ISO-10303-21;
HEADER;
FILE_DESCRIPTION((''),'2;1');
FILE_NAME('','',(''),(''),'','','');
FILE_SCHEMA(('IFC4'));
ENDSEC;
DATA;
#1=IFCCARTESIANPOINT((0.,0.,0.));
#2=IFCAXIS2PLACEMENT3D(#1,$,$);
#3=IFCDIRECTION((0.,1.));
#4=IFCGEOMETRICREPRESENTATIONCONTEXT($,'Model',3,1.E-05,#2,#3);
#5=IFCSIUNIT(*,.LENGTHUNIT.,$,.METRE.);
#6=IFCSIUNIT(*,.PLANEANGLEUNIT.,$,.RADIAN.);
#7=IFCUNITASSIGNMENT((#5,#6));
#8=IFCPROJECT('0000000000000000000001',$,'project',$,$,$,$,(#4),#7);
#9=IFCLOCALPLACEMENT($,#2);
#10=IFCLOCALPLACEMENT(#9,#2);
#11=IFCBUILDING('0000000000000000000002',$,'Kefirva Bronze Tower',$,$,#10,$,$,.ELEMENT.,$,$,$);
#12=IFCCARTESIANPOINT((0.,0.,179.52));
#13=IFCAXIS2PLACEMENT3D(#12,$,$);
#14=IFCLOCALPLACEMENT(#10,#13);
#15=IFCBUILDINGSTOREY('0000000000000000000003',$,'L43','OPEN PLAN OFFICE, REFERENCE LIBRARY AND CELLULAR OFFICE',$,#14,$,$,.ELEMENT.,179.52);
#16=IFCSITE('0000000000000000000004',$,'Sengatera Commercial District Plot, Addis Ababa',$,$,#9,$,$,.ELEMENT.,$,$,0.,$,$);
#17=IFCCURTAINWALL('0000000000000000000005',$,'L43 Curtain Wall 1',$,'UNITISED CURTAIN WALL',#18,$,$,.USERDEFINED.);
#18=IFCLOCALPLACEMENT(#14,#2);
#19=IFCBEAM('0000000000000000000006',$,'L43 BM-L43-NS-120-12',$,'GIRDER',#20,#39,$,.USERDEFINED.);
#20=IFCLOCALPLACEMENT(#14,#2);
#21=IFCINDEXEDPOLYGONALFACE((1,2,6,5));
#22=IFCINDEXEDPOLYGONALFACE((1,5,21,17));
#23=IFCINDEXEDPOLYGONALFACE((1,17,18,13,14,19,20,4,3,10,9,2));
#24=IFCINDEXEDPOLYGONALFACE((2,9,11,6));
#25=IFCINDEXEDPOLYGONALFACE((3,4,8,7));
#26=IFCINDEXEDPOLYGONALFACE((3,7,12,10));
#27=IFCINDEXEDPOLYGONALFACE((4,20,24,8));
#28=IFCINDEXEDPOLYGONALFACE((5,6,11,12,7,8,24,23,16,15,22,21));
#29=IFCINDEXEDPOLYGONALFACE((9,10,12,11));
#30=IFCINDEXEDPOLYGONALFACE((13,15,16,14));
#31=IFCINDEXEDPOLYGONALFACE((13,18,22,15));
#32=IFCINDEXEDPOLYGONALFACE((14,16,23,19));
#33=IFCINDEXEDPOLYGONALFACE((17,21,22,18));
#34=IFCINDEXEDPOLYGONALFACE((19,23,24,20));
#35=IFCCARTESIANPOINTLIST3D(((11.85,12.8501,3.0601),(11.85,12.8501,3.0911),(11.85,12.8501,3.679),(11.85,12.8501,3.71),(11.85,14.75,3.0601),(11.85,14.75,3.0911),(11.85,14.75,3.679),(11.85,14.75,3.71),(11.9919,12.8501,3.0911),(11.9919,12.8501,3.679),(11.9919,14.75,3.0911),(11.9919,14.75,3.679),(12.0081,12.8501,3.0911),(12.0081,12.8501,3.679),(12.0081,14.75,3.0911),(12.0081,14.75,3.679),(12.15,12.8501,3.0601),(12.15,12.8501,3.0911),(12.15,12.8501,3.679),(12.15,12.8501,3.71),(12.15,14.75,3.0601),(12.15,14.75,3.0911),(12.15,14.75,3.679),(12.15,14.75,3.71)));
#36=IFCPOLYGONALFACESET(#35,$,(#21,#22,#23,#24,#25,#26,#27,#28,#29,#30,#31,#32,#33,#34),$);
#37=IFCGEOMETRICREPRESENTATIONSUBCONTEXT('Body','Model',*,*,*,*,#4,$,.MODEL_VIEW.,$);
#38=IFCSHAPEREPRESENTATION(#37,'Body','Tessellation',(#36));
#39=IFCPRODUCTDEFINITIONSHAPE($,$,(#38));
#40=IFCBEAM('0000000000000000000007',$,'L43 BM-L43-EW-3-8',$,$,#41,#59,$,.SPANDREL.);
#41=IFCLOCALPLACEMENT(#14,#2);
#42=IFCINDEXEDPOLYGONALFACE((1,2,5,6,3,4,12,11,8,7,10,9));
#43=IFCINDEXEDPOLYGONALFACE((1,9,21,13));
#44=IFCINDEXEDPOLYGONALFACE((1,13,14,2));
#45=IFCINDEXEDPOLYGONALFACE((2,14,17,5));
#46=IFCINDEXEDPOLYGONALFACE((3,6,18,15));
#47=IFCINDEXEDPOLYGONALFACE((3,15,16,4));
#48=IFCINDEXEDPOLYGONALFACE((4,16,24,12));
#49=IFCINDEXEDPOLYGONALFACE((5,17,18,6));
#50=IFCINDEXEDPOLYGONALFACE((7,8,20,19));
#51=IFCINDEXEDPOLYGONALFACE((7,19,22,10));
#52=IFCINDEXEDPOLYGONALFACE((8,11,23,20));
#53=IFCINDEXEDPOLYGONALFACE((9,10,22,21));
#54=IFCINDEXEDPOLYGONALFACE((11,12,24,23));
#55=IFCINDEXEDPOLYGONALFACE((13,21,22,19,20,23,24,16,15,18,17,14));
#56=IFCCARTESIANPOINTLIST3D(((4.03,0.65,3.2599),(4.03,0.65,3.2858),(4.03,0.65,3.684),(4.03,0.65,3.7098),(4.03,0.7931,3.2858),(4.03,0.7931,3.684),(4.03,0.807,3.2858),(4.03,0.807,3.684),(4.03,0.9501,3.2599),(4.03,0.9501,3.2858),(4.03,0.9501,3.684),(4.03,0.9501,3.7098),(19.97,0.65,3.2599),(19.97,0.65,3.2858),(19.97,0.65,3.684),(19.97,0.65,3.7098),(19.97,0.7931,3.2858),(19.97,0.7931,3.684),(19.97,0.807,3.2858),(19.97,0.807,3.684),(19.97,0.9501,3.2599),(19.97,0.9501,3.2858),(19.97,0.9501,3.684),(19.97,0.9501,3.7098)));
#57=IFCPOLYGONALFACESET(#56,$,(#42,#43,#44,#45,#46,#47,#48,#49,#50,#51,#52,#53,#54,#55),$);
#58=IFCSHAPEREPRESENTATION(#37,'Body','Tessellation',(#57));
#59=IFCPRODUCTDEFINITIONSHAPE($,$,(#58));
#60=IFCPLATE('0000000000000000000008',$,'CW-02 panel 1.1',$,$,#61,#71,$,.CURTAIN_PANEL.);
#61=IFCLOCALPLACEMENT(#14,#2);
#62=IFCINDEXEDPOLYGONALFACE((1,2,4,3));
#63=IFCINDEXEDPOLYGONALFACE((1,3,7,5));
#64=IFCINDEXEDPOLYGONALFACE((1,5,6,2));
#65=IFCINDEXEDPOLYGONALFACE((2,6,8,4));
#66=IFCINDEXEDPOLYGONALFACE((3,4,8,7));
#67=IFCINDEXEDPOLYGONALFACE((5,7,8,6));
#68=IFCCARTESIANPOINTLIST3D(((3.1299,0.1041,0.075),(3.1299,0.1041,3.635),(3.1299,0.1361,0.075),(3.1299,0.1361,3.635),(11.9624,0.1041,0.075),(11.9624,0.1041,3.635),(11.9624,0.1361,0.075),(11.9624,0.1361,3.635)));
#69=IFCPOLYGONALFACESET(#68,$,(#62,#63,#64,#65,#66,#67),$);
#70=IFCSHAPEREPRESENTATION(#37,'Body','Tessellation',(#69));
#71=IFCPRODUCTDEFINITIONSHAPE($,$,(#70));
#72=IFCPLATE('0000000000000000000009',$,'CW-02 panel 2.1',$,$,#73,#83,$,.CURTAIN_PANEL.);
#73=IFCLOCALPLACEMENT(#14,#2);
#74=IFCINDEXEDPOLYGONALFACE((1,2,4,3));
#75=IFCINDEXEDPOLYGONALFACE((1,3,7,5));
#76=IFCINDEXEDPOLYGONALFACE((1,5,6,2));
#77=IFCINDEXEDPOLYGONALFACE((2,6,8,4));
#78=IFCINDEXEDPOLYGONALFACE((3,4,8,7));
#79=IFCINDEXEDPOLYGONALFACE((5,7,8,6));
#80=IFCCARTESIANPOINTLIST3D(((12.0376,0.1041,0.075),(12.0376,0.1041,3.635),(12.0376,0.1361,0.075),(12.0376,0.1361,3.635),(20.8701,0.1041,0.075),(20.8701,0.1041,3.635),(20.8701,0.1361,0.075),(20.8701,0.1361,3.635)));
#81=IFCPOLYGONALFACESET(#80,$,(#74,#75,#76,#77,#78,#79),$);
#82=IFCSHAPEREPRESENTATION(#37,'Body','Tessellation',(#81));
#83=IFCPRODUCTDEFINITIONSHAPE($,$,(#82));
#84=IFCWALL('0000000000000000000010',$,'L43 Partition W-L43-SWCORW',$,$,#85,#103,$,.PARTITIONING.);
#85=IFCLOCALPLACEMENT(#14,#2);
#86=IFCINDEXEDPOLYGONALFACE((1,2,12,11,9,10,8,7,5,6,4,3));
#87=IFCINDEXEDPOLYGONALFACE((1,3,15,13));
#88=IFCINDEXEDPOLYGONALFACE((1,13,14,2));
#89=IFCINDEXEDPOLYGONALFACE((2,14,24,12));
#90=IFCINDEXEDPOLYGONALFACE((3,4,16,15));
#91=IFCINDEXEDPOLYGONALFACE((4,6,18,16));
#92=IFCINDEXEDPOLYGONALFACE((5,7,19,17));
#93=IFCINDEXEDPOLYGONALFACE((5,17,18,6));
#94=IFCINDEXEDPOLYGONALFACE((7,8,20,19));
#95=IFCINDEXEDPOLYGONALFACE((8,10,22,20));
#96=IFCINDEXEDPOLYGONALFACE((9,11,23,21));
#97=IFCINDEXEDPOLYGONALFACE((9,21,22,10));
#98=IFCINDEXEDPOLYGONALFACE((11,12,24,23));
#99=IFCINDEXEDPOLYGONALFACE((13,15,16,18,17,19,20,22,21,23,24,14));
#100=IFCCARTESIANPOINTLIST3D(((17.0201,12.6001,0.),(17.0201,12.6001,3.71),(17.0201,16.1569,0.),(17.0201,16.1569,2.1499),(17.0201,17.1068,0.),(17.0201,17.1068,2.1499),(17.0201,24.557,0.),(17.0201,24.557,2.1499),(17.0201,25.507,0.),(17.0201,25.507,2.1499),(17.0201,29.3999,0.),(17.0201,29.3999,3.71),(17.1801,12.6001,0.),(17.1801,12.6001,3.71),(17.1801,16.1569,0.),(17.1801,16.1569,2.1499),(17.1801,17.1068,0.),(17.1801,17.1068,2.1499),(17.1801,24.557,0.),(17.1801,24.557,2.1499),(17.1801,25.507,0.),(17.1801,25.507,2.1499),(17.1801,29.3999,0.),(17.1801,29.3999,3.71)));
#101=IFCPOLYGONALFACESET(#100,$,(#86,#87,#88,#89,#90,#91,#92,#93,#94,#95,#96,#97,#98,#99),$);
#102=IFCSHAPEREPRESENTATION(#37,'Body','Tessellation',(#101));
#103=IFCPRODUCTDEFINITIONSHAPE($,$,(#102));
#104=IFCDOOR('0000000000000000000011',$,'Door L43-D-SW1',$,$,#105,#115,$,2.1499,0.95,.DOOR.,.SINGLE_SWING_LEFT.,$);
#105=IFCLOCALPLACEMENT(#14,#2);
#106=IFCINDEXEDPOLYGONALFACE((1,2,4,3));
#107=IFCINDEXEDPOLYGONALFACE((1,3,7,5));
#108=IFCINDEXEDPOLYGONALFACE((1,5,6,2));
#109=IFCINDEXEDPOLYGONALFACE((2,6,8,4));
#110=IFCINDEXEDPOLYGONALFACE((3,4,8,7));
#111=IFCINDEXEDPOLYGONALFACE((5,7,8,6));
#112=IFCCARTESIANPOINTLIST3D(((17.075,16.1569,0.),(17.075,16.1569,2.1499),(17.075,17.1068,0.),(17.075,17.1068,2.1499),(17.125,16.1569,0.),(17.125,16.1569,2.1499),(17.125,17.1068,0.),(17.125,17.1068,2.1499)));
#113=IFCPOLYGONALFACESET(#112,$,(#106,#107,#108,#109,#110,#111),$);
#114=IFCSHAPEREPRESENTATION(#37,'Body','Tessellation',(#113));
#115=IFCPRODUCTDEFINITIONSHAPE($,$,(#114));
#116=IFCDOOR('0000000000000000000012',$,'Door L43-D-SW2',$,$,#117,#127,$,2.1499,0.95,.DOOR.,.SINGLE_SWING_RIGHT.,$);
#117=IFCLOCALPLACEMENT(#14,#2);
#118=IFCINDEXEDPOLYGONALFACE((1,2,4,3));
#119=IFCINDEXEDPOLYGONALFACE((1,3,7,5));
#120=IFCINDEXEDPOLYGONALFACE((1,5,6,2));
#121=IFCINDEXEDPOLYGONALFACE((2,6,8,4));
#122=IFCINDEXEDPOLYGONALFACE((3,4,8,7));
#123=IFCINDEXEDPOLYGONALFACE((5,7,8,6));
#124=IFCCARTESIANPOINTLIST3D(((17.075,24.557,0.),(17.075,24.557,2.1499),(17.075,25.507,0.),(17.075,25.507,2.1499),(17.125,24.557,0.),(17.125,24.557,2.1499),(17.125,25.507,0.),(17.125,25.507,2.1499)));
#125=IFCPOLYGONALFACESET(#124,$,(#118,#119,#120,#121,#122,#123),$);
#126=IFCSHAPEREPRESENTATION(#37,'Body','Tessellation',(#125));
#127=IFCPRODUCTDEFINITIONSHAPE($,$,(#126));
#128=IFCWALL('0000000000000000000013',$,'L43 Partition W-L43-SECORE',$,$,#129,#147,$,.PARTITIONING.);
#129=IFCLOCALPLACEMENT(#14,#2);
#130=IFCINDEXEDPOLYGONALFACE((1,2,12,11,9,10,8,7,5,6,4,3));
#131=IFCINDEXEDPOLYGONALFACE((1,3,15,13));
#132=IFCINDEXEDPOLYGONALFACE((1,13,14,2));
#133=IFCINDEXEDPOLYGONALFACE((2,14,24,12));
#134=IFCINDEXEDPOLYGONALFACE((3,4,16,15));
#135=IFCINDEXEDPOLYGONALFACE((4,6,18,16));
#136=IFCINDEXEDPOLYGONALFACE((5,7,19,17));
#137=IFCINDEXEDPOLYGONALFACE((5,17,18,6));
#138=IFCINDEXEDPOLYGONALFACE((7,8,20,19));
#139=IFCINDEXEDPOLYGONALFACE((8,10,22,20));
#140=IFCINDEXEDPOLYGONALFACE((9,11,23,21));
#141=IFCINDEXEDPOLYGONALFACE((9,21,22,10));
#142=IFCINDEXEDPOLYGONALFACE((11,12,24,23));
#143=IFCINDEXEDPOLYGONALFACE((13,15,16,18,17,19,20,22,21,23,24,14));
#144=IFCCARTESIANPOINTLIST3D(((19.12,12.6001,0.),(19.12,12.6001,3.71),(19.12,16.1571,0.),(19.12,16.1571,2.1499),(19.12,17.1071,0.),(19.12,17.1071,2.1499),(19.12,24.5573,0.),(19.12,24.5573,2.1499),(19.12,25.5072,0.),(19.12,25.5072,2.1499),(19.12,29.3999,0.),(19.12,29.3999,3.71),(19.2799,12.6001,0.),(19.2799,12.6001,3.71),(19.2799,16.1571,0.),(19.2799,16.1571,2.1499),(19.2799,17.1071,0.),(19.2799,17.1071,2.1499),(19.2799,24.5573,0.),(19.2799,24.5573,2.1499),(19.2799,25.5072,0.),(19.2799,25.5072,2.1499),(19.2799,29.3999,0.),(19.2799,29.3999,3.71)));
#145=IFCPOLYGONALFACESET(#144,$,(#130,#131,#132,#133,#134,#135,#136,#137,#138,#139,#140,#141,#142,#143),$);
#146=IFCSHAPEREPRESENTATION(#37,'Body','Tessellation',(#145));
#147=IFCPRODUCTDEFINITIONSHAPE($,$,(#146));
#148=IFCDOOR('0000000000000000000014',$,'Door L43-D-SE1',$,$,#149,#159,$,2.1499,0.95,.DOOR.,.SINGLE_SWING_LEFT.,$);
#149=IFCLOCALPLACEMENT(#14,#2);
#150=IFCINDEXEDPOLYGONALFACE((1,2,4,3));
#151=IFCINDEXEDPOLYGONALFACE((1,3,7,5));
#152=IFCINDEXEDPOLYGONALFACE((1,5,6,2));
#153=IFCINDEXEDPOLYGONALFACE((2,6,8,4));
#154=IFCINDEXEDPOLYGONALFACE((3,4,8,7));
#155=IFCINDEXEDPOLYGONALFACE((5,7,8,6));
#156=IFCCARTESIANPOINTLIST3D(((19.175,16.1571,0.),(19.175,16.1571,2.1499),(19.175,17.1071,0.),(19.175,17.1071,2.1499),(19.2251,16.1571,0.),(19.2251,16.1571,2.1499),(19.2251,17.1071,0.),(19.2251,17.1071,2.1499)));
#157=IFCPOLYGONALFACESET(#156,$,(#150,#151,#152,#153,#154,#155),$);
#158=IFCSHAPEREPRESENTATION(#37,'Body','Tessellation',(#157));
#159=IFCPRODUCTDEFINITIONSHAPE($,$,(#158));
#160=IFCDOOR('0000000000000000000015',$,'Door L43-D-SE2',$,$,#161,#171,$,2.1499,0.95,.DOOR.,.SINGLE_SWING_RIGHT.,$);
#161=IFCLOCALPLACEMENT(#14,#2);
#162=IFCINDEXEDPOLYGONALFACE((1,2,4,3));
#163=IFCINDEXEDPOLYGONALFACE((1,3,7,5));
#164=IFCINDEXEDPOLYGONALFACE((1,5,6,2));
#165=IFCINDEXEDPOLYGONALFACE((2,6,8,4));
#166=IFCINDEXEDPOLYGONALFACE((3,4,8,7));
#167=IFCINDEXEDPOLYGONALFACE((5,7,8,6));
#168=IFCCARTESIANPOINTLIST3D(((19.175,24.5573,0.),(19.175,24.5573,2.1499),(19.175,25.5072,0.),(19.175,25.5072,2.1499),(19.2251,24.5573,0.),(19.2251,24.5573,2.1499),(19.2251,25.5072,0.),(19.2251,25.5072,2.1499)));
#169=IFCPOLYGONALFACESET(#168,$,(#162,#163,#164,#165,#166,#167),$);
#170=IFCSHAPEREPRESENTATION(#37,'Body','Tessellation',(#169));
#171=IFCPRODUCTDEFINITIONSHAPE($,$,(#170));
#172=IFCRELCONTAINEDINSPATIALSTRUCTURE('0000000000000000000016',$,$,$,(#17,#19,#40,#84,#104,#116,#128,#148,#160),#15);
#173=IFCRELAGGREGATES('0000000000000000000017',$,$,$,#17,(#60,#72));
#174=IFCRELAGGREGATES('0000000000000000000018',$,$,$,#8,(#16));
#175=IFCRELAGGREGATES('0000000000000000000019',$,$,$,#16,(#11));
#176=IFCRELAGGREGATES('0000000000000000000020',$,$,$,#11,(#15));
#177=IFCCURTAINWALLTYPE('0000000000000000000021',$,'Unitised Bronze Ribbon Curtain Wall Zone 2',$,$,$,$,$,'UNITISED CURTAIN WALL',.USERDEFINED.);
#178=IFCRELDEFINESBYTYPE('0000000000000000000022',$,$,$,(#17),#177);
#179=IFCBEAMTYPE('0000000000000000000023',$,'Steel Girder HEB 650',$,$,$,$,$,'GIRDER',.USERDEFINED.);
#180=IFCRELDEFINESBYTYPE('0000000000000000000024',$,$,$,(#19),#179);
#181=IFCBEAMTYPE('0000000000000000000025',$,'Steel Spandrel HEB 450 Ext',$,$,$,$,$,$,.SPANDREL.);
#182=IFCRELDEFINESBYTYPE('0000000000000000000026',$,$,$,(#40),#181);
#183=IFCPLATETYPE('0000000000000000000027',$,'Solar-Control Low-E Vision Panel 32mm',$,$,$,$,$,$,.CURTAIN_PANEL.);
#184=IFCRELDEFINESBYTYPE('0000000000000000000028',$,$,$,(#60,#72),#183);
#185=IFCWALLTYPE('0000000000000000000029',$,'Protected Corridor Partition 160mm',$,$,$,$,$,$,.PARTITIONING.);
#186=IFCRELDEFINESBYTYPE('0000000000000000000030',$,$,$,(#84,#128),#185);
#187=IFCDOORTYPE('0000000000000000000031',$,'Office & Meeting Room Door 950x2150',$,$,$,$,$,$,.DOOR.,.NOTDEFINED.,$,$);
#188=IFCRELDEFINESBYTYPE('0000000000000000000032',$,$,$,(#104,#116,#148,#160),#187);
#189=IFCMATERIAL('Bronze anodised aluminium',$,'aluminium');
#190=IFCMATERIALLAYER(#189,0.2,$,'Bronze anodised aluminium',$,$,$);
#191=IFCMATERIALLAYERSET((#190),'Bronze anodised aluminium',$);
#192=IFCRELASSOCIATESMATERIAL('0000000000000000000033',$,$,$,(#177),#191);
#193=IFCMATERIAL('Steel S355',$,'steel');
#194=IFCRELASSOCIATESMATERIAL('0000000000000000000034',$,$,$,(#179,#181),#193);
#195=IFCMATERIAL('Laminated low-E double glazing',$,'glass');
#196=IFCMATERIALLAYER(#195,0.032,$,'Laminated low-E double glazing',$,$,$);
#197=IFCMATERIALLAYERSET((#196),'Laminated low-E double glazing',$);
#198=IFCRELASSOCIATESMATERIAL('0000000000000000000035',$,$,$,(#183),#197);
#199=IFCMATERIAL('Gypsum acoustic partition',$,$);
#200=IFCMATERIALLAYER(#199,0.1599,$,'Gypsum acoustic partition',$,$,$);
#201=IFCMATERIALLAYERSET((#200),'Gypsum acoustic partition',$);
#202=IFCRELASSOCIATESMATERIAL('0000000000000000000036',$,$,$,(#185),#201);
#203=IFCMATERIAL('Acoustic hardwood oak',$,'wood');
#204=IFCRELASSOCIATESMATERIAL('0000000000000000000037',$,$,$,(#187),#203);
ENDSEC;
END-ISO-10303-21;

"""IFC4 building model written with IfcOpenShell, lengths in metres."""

from ifc_helpers import new_model, si_unit, direction, frame, frame_2d, origin, origin_2d, place, context, subcontext, project, spatial, rectangle, i_section, extrude, material, layer, layer_set, material_profile, profile_set, type_object, element, fill, aggregate, save


model = new_model("IFC4")

# Units and contexts
model_context = context("Model", 3, precision=1e-05, world=origin(), true_north=direction((0.0, 1.0)))
body_context = subcontext(model_context, "Body", "Model", "MODEL_VIEW")
ifc_project = project(units=[si_unit("LENGTHUNIT", "METRE"), si_unit("PLANEANGLEUNIT", "RADIAN")], contexts=[model_context])

# Site, building, storey
site_placement = place(None, origin())
site = spatial("IfcSite", under=ifc_project, at=site_placement, Name="Sengatera Commercial District Plot, Addis Ababa", CompositionType="ELEMENT", RefElevation=0.0)
building_placement = place(site_placement, origin())
building = spatial("IfcBuilding", under=site, at=building_placement, Name="Kefirva Bronze Tower", CompositionType="ELEMENT")
storey_placement = place(building_placement, frame((0.0, 0.0, 179.52)))
storey = spatial("IfcBuildingStorey", under=building, at=storey_placement, Name="L43", Description="OPEN PLAN OFFICE, REFERENCE LIBRARY AND CELLULAR OFFICE", CompositionType="ELEMENT", Elevation=179.52)

# Curtain wall
ifc_material_1 = material(Name="Bronze anodised aluminium", Category="aluminium")
ifc_layer_1 = layer(ifc_material_1, 0.2, Name="Bronze anodised aluminium")
ifc_layer_set_1 = layer_set([ifc_layer_1], Name="Bronze anodised aluminium")
curtain_wall_type = type_object("IfcCurtainWallType", Name="Unitised Bronze Ribbon Curtain Wall Zone 2", ElementType="UNITISED CURTAIN WALL", PredefinedType="USERDEFINED", material=ifc_layer_set_1)
curtain_wall_placement = place(storey_placement, origin())
curtain_wall = element("IfcCurtainWall", 1, at=curtain_wall_placement, inside=storey, type_object=curtain_wall_type, Name="L43 Curtain Wall 1", ObjectType="UNITISED CURTAIN WALL", PredefinedType="USERDEFINED")

# Beams
ifc_material_2 = material(Name="Steel S355", Category="steel")
ifc_material_profile_1 = material_profile(ifc_material_2, i_section(OverallWidth=0.3, OverallDepth=0.6499, WebThickness=0.0161, FlangeThickness=0.031, at=origin_2d()), Name="HEB 650")
ifc_profile_set_1 = profile_set([ifc_material_profile_1], Name="Steel S355")
beam_type_1 = type_object("IfcBeamType", Name="Steel Girder HEB 650", ElementType="GIRDER", PredefinedType="USERDEFINED", material=ifc_profile_set_1)
beam_1_placement = place(storey_placement, frame((12.0, 12.8501, 3.385), z_axis=(0.0, 1.0, 0.0), x_axis=(-1.0, 0.0, 0.0)))
element("IfcBeam", 2, at=beam_1_placement, inside=storey, type_object=beam_type_1, Name="L43 BM-L43-NS-120-12", ObjectType="GIRDER", PredefinedType="USERDEFINED", context=body_context, shape_type="SweptSolid", body=[
    extrude(i_section(OverallWidth=0.3, OverallDepth=0.6499, WebThickness=0.0161, FlangeThickness=0.031, at=origin_2d()), origin(), (0.0, 0.0, 1.0), 1.8999),
])
ifc_material_profile_2 = material_profile(ifc_material_2, i_section(OverallWidth=0.3, OverallDepth=0.45, WebThickness=0.0139, FlangeThickness=0.0259, at=origin_2d()), Name="HEB 450")
ifc_profile_set_2 = profile_set([ifc_material_profile_2], Name="Steel S355")
beam_type_2 = type_object("IfcBeamType", Name="Steel Spandrel HEB 450 Ext", PredefinedType="SPANDREL", material=ifc_profile_set_2)
beam_2_placement = place(storey_placement, frame((4.03, 0.8, 3.4849), z_axis=(1.0, 0.0, 0.0), x_axis=(0.0, 1.0, 0.0)))
element("IfcBeam", 3, at=beam_2_placement, inside=storey, type_object=beam_type_2, Name="L43 BM-L43-EW-3-8", PredefinedType="SPANDREL", context=body_context, shape_type="SweptSolid", body=[
    extrude(i_section(OverallWidth=0.3, OverallDepth=0.45, WebThickness=0.0139, FlangeThickness=0.0259, at=origin_2d()), origin(), (0.0, 0.0, 1.0), 15.9399),
])

# Plates
ifc_material_3 = material(Name="Laminated low-E double glazing", Category="glass")
ifc_layer_2 = layer(ifc_material_3, 0.032, Name="Laminated low-E double glazing")
ifc_layer_set_2 = layer_set([ifc_layer_2], Name="Laminated low-E double glazing")
plate_type = type_object("IfcPlateType", Name="Solar-Control Low-E Vision Panel 32mm", PredefinedType="CURTAIN_PANEL", material=ifc_layer_set_2)
plate_1_placement = place(storey_placement, frame((7.5461, 0.1201, 0.075), z_axis=(0.0, 0.0, 1.0), x_axis=(1.0, 0.0, 0.0)))
plate_1 = element("IfcPlate", 4, at=plate_1_placement, type_object=plate_type, Name="CW-02 panel 1.1", PredefinedType="CURTAIN_PANEL", context=body_context, shape_type="SweptSolid", body=[
    extrude(rectangle(XDim=8.8325, YDim=0.032, at=origin_2d()), origin(), (0.0, 0.0, 1.0), 3.5601),
])
plate_2_placement = place(storey_placement, frame((16.4539, 0.1201, 0.075), z_axis=(0.0, 0.0, 1.0), x_axis=(1.0, 0.0, 0.0)))
plate_2 = element("IfcPlate", 5, at=plate_2_placement, type_object=plate_type, Name="CW-02 panel 2.1", PredefinedType="CURTAIN_PANEL", context=body_context, shape_type="SweptSolid", body=[
    extrude(rectangle(XDim=8.8325, YDim=0.032, at=origin_2d()), origin(), (0.0, 0.0, 1.0), 3.5601),
])
aggregate(curtain_wall, [plate_1, plate_2])

# Walls, openings, doors
ifc_material_4 = material(Name="Gypsum acoustic partition")
ifc_layer_3 = layer(ifc_material_4, 0.1599, Name="Gypsum acoustic partition")
ifc_layer_set_3 = layer_set([ifc_layer_3], Name="Gypsum acoustic partition")
wall_type = type_object("IfcWallType", Name="Protected Corridor Partition 160mm", PredefinedType="PARTITIONING", material=ifc_layer_set_3)
wall_1_placement = place(storey_placement, frame((17.1001, 12.6001, 0.0), z_axis=(0.0, 0.0, 1.0), x_axis=(0.0, 1.0, 0.0)))
wall_1 = element("IfcWall", 6, at=wall_1_placement, inside=storey, type_object=wall_type, Name="L43 Partition W-L43-SWCORW", PredefinedType="PARTITIONING", context=body_context, shape_type="SweptSolid", body=[
    extrude(rectangle(XDim=16.7998, YDim=0.1599, at=frame_2d((8.3999, 0.0))), origin(), (0.0, 0.0, 1.0), 3.71),
])
opening_1_placement = place(wall_1_placement, frame((4.5068, 0.0, 0.0), z_axis=(0.0, 0.0, 1.0), x_axis=(-1.0, 0.0, 0.0)))
opening_1 = element("IfcOpeningElement", 7, at=opening_1_placement, cuts=wall_1, PredefinedType="OPENING", context=body_context, shape_type="SweptSolid", body=[
    extrude(rectangle(XDim=0.95, YDim=2.1499, at=frame_2d((0.4751, 1.075))), frame((0.0, 0.0898, 0.0), z_axis=(0.0, -1.0, 0.0), x_axis=(1.0, 0.0, 0.0)), (0.0, 0.0, 1.0), 0.1799),
])
opening_2_placement = place(wall_1_placement, frame((12.907, 0.0, 0.0), z_axis=(0.0, 0.0, 1.0), x_axis=(-1.0, 0.0, 0.0)))
opening_2 = element("IfcOpeningElement", 8, at=opening_2_placement, cuts=wall_1, PredefinedType="OPENING", context=body_context, shape_type="SweptSolid", body=[
    extrude(rectangle(XDim=0.95, YDim=2.1499, at=frame_2d((0.4751, 1.075))), frame((0.0, 0.0898, 0.0), z_axis=(0.0, -1.0, 0.0), x_axis=(1.0, 0.0, 0.0)), (0.0, 0.0, 1.0), 0.1799),
])
ifc_material_5 = material(Name="Acoustic hardwood oak", Category="wood")
door_type = type_object("IfcDoorType", Name="Office & Meeting Room Door 950x2150", OperationType="NOTDEFINED", PredefinedType="DOOR", material=ifc_material_5)
door_1_placement = place(opening_1_placement, origin())
door_1 = element("IfcDoor", 9, at=door_1_placement, inside=storey, type_object=door_type, Name="Door L43-D-SW1", OperationType="SINGLE_SWING_LEFT", OverallHeight=2.1499, OverallWidth=0.95, PredefinedType="DOOR", context=body_context, shape_type="SweptSolid", body=[
    extrude(rectangle(XDim=0.95, YDim=2.1499, at=frame_2d((0.4751, 1.075))), frame((0.0, 0.0249, 0.0), z_axis=(0.0, -1.0, 0.0), x_axis=(1.0, 0.0, 0.0)), (0.0, 0.0, 1.0), 0.05),
])
fill(opening_1, door_1)
door_2_placement = place(opening_2_placement, origin())
door_2 = element("IfcDoor", 10, at=door_2_placement, inside=storey, type_object=door_type, Name="Door L43-D-SW2", OperationType="SINGLE_SWING_RIGHT", OverallHeight=2.1499, OverallWidth=0.95, PredefinedType="DOOR", context=body_context, shape_type="SweptSolid", body=[
    extrude(rectangle(XDim=0.95, YDim=2.1499, at=frame_2d((0.4751, 1.075))), frame((0.0, 0.0249, 0.0), z_axis=(0.0, -1.0, 0.0), x_axis=(1.0, 0.0, 0.0)), (0.0, 0.0, 1.0), 0.05),
])
fill(opening_2, door_2)
wall_2_placement = place(storey_placement, frame((19.2, 12.6001, 0.0), z_axis=(0.0, 0.0, 1.0), x_axis=(0.0, 1.0, 0.0)))
wall_2 = element("IfcWall", 11, at=wall_2_placement, inside=storey, type_object=wall_type, Name="L43 Partition W-L43-SECORE", PredefinedType="PARTITIONING", context=body_context, shape_type="SweptSolid", body=[
    extrude(rectangle(XDim=16.7998, YDim=0.1599, at=frame_2d((8.3999, 0.0))), origin(), (0.0, 0.0, 1.0), 3.71),
])
opening_3_placement = place(wall_2_placement, frame((3.5569, 0.0, 0.0)))
opening_3 = element("IfcOpeningElement", 12, at=opening_3_placement, cuts=wall_2, PredefinedType="OPENING", context=body_context, shape_type="SweptSolid", body=[
    extrude(rectangle(XDim=0.95, YDim=2.1499, at=frame_2d((0.4751, 1.075))), frame((0.0, 0.0898, 0.0), z_axis=(0.0, -1.0, 0.0), x_axis=(1.0, 0.0, 0.0)), (0.0, 0.0, 1.0), 0.1799),
])
opening_4_placement = place(wall_2_placement, frame((11.957, 0.0, 0.0)))
opening_4 = element("IfcOpeningElement", 13, at=opening_4_placement, cuts=wall_2, PredefinedType="OPENING", context=body_context, shape_type="SweptSolid", body=[
    extrude(rectangle(XDim=0.95, YDim=2.1499, at=frame_2d((0.4751, 1.075))), frame((0.0, 0.0898, 0.0), z_axis=(0.0, -1.0, 0.0), x_axis=(1.0, 0.0, 0.0)), (0.0, 0.0, 1.0), 0.1799),
])
door_3_placement = place(opening_3_placement, origin())
door_3 = element("IfcDoor", 14, at=door_3_placement, inside=storey, type_object=door_type, Name="Door L43-D-SE1", OperationType="SINGLE_SWING_LEFT", OverallHeight=2.1499, OverallWidth=0.95, PredefinedType="DOOR", context=body_context, shape_type="SweptSolid", body=[
    extrude(rectangle(XDim=0.95, YDim=2.1499, at=frame_2d((0.4751, 1.075))), frame((0.0, 0.0249, 0.0), z_axis=(0.0, -1.0, 0.0), x_axis=(1.0, 0.0, 0.0)), (0.0, 0.0, 1.0), 0.05),
])
fill(opening_3, door_3)
door_4_placement = place(opening_4_placement, origin())
door_4 = element("IfcDoor", 15, at=door_4_placement, inside=storey, type_object=door_type, Name="Door L43-D-SE2", OperationType="SINGLE_SWING_RIGHT", OverallHeight=2.1499, OverallWidth=0.95, PredefinedType="DOOR", context=body_context, shape_type="SweptSolid", body=[
    extrude(rectangle(XDim=0.95, YDim=2.1499, at=frame_2d((0.4751, 1.075))), frame((0.0, 0.0249, 0.0), z_axis=(0.0, -1.0, 0.0), x_axis=(1.0, 0.0, 0.0)), (0.0, 0.0, 1.0), 0.05),
])
fill(opening_4, door_4)

save(model, "model.ifc")
